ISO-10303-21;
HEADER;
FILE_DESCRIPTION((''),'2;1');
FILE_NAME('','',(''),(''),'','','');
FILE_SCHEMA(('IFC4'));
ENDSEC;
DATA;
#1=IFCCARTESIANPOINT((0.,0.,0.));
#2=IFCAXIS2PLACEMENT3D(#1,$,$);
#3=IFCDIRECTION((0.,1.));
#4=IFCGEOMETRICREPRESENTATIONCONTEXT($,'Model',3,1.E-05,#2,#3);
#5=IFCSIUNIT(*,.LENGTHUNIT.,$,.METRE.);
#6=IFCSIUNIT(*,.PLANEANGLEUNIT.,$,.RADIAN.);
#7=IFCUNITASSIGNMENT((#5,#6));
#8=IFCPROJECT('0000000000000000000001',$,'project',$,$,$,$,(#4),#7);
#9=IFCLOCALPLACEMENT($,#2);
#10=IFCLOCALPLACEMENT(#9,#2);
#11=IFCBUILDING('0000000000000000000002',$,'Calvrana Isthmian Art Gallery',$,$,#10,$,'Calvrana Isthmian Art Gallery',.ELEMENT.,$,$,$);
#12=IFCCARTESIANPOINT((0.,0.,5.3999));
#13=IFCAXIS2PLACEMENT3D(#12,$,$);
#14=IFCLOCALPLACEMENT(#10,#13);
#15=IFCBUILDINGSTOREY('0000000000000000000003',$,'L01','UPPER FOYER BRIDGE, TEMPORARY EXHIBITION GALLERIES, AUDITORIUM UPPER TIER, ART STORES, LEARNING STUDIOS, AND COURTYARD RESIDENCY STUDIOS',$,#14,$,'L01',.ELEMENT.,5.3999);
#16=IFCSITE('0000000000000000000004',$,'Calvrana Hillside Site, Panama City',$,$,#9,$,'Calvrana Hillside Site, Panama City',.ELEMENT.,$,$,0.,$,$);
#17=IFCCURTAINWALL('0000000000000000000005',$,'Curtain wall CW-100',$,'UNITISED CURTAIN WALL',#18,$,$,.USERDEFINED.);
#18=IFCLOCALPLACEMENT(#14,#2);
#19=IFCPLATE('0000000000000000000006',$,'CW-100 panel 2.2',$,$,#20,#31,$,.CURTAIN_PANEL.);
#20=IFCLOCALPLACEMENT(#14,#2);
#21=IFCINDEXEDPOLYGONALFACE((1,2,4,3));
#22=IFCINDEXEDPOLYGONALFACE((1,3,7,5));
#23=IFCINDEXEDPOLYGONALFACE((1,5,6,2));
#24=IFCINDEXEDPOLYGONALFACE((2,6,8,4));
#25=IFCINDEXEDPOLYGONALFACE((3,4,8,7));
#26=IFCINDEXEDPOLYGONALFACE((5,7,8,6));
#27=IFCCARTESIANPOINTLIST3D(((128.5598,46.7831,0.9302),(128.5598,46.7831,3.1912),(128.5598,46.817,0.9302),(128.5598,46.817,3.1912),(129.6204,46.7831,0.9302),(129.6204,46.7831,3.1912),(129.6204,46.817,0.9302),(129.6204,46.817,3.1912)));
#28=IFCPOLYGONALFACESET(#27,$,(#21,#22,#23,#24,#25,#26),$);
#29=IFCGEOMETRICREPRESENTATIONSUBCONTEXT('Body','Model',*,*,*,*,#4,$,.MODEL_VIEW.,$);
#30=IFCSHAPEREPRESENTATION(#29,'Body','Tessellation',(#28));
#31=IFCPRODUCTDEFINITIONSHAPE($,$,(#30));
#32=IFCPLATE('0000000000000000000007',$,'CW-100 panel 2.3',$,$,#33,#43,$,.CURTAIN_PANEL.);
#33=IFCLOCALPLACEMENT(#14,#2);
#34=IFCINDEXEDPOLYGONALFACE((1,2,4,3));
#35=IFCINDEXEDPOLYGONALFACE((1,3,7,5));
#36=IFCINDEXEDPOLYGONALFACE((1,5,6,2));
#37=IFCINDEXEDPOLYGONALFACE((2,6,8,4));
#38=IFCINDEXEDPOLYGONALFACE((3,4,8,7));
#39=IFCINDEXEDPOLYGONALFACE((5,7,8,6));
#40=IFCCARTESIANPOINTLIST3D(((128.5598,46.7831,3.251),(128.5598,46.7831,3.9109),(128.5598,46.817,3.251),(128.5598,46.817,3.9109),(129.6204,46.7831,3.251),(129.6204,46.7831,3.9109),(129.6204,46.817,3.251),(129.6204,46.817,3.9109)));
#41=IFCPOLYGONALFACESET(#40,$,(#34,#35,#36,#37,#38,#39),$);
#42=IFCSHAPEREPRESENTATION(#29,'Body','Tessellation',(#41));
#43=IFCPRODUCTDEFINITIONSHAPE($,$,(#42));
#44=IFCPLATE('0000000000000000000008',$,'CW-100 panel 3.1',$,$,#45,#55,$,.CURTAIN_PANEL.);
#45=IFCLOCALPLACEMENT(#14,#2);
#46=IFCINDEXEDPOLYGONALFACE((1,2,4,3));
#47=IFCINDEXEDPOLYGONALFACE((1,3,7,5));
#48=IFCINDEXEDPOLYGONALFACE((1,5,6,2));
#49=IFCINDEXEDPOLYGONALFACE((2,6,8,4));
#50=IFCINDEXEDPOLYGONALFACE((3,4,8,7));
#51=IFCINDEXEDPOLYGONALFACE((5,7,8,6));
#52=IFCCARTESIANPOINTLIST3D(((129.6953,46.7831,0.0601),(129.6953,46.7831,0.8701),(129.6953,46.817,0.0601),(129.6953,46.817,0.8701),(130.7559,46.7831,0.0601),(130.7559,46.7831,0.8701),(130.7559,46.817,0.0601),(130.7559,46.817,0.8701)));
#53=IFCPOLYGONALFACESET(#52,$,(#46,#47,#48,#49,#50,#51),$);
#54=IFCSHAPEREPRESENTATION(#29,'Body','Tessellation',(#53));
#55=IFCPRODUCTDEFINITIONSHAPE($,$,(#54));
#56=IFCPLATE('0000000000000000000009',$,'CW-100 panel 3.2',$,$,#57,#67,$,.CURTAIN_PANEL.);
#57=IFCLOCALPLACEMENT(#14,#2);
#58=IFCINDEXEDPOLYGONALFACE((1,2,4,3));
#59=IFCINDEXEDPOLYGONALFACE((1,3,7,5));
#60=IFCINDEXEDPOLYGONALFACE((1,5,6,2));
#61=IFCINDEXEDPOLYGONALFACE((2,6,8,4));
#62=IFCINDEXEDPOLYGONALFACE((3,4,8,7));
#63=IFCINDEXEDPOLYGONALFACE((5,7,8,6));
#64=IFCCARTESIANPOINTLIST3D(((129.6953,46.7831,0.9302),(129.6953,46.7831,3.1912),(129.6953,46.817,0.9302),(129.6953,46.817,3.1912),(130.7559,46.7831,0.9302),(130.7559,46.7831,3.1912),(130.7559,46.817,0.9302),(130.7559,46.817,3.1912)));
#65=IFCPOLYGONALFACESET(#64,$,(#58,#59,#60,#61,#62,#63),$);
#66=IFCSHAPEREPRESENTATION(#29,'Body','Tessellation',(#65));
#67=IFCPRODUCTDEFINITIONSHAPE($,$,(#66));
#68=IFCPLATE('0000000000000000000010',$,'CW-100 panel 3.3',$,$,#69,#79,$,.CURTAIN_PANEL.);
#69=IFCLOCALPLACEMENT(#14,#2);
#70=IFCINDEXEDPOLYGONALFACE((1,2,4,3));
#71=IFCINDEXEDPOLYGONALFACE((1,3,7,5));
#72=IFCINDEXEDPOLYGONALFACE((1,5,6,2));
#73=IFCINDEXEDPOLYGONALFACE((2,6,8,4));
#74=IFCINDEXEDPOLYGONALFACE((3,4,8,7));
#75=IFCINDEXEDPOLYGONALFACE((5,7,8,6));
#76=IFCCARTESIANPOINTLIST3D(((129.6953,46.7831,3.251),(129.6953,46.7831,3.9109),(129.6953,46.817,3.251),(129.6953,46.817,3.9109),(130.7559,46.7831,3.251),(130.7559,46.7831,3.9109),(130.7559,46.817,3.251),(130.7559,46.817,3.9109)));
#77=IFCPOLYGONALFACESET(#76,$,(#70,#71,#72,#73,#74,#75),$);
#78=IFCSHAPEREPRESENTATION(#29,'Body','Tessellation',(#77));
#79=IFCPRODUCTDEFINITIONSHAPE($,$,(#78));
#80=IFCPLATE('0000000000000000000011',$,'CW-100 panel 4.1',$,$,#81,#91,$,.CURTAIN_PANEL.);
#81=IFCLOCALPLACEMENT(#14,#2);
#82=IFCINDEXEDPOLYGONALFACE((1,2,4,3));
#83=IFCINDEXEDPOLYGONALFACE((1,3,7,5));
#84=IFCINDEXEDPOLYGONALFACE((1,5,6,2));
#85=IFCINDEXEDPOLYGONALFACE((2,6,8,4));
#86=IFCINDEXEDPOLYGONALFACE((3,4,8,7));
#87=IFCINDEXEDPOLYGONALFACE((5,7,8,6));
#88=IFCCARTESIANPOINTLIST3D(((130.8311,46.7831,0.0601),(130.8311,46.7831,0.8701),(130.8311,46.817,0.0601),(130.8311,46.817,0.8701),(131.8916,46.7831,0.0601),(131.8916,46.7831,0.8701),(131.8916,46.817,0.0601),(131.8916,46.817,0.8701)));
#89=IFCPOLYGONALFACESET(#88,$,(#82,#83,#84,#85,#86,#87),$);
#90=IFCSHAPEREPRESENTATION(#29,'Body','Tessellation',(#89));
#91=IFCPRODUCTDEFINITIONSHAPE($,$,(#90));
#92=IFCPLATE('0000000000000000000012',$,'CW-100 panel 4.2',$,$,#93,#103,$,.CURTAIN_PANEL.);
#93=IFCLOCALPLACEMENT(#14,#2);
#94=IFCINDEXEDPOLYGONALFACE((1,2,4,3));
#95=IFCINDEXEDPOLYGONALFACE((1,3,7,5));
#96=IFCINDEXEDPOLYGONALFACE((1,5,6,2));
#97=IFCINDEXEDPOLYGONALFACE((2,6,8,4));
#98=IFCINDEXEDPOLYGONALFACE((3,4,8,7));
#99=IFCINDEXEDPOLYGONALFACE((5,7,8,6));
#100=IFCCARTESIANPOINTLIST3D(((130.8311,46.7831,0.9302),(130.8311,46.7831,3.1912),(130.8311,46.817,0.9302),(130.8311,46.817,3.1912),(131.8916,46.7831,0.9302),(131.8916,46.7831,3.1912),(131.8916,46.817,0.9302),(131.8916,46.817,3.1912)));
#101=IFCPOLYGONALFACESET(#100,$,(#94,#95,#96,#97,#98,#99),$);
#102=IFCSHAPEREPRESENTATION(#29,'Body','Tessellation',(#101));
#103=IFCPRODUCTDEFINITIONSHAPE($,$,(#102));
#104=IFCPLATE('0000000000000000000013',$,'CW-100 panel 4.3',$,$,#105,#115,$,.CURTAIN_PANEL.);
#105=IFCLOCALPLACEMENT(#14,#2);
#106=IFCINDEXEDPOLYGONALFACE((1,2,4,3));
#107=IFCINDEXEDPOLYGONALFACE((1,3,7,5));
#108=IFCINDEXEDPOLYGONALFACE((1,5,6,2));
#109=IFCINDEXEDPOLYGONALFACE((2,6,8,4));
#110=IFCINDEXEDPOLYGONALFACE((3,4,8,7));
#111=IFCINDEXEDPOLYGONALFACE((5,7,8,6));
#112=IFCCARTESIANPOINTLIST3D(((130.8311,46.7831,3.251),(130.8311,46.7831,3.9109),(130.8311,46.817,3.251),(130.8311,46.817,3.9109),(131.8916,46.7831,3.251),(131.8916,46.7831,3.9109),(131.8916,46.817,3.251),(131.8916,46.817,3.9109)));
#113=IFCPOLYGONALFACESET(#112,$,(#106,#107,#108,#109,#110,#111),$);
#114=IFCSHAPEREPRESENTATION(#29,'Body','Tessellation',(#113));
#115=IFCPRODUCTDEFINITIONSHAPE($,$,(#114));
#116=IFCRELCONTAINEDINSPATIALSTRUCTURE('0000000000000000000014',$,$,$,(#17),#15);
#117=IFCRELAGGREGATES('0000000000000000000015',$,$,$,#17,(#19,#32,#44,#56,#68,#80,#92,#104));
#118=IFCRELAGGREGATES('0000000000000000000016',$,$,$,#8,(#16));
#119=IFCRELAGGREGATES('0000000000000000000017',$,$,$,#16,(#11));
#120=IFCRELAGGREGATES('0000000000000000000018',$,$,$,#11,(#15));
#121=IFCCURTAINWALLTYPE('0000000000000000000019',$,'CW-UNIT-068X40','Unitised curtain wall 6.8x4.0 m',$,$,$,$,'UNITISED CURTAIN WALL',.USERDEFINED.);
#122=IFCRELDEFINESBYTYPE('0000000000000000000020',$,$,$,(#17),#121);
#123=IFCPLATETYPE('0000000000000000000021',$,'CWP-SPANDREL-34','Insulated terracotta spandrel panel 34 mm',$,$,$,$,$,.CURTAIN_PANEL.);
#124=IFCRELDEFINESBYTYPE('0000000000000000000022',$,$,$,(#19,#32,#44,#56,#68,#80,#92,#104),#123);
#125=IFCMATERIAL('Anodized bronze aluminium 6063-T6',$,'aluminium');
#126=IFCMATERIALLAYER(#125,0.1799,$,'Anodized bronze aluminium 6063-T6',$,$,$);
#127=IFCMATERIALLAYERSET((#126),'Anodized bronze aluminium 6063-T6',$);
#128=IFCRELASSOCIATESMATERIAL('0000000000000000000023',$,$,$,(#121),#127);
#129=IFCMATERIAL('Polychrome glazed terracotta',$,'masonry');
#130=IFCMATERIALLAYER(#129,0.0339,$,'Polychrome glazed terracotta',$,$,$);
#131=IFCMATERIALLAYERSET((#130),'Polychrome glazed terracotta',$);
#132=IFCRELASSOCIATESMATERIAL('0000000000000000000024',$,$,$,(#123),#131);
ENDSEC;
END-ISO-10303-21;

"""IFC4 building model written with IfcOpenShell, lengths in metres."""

from ifc_helpers import new_model, si_unit, direction, frame, origin, origin_2d, place, context, subcontext, project, spatial, rectangle, extrude, material, layer, layer_set, type_object, element, aggregate, save


model = new_model("IFC4")

# Units and contexts
model_context = context("Model", 3, precision=1e-05, world=origin(), true_north=direction((0.0, 1.0)))
body_context = subcontext(model_context, "Body", "Model", "MODEL_VIEW")
ifc_project = project(units=[si_unit("LENGTHUNIT", "METRE"), si_unit("PLANEANGLEUNIT", "RADIAN")], contexts=[model_context])

# Site, building, storey
site_placement = place(None, origin())
site = spatial("IfcSite", under=ifc_project, at=site_placement, Name="Calvrana Hillside Site, Panama City", LongName="Calvrana Hillside Site, Panama City", CompositionType="ELEMENT", RefElevation=0.0)
building_placement = place(site_placement, origin())
building = spatial("IfcBuilding", under=site, at=building_placement, Name="Calvrana Isthmian Art Gallery", LongName="Calvrana Isthmian Art Gallery", CompositionType="ELEMENT")
storey_placement = place(building_placement, frame((0.0, 0.0, 5.3999)))
storey = spatial("IfcBuildingStorey", under=building, at=storey_placement, Name="L01", Description="UPPER FOYER BRIDGE, TEMPORARY EXHIBITION GALLERIES, AUDITORIUM UPPER TIER, ART STORES, LEARNING STUDIOS, AND COURTYARD RESIDENCY STUDIOS", LongName="L01", CompositionType="ELEMENT", Elevation=5.3999)

# Curtain wall, plates
ifc_material_1 = material(Name="Anodized bronze aluminium 6063-T6", Category="aluminium")
ifc_layer_1 = layer(ifc_material_1, 0.1799, Name="Anodized bronze aluminium 6063-T6")
ifc_layer_set_1 = layer_set([ifc_layer_1], Name="Anodized bronze aluminium 6063-T6")
curtain_wall_type = type_object("IfcCurtainWallType", Name="CW-UNIT-068X40", Description="Unitised curtain wall 6.8x4.0 m", ElementType="UNITISED CURTAIN WALL", PredefinedType="USERDEFINED", material=ifc_layer_set_1)
curtain_wall_placement = place(storey_placement, origin())
curtain_wall = element("IfcCurtainWall", 1, at=curtain_wall_placement, inside=storey, type_object=curtain_wall_type, Name="Curtain wall CW-100", ObjectType="UNITISED CURTAIN WALL", PredefinedType="USERDEFINED")
ifc_material_2 = material(Name="Polychrome glazed terracotta", Category="masonry")
ifc_layer_2 = layer(ifc_material_2, 0.0339, Name="Polychrome glazed terracotta")
ifc_layer_set_2 = layer_set([ifc_layer_2], Name="Polychrome glazed terracotta")
plate_type = type_object("IfcPlateType", Name="CWP-SPANDREL-34", Description="Insulated terracotta spandrel panel 34 mm", PredefinedType="CURTAIN_PANEL", material=ifc_layer_set_2)
plate_1_placement = place(storey_placement, frame((129.0901, 46.8, 0.9302), z_axis=(0.0, 0.0, 1.0), x_axis=(1.0, 0.0, 0.0)))
plate_1 = element("IfcPlate", 2, at=plate_1_placement, type_object=plate_type, Name="CW-100 panel 2.2", PredefinedType="CURTAIN_PANEL", context=body_context, shape_type="SweptSolid", body=[
    extrude(rectangle(XDim=1.0605, YDim=0.0339, at=origin_2d()), origin(), (0.0, 0.0, 1.0), 2.261),
])
plate_2_placement = place(storey_placement, frame((129.0901, 46.8, 3.251), z_axis=(0.0, 0.0, 1.0), x_axis=(1.0, 0.0, 0.0)))
plate_2 = element("IfcPlate", 3, at=plate_2_placement, type_object=plate_type, Name="CW-100 panel 2.3", PredefinedType="CURTAIN_PANEL", context=body_context, shape_type="SweptSolid", body=[
    extrude(rectangle(XDim=1.0605, YDim=0.0339, at=origin_2d()), origin(), (0.0, 0.0, 1.0), 0.6599),
])
plate_3_placement = place(storey_placement, frame((130.2256, 46.8, 0.0601), z_axis=(0.0, 0.0, 1.0), x_axis=(1.0, 0.0, 0.0)))
plate_3 = element("IfcPlate", 4, at=plate_3_placement, type_object=plate_type, Name="CW-100 panel 3.1", PredefinedType="CURTAIN_PANEL", context=body_context, shape_type="SweptSolid", body=[
    extrude(rectangle(XDim=1.0605, YDim=0.0339, at=origin_2d()), origin(), (0.0, 0.0, 1.0), 0.8101),
])
plate_4_placement = place(storey_placement, frame((130.2256, 46.8, 0.9302), z_axis=(0.0, 0.0, 1.0), x_axis=(1.0, 0.0, 0.0)))
plate_4 = element("IfcPlate", 5, at=plate_4_placement, type_object=plate_type, Name="CW-100 panel 3.2", PredefinedType="CURTAIN_PANEL", context=body_context, shape_type="SweptSolid", body=[
    extrude(rectangle(XDim=1.0605, YDim=0.0339, at=origin_2d()), origin(), (0.0, 0.0, 1.0), 2.261),
])
plate_5_placement = place(storey_placement, frame((130.2256, 46.8, 3.251), z_axis=(0.0, 0.0, 1.0), x_axis=(1.0, 0.0, 0.0)))
plate_5 = element("IfcPlate", 6, at=plate_5_placement, type_object=plate_type, Name="CW-100 panel 3.3", PredefinedType="CURTAIN_PANEL", context=body_context, shape_type="SweptSolid", body=[
    extrude(rectangle(XDim=1.0605, YDim=0.0339, at=origin_2d()), origin(), (0.0, 0.0, 1.0), 0.6599),
])
plate_6_placement = place(storey_placement, frame((131.3613, 46.8, 0.0601), z_axis=(0.0, 0.0, 1.0), x_axis=(1.0, 0.0, 0.0)))
plate_6 = element("IfcPlate", 7, at=plate_6_placement, type_object=plate_type, Name="CW-100 panel 4.1", PredefinedType="CURTAIN_PANEL", context=body_context, shape_type="SweptSolid", body=[
    extrude(rectangle(XDim=1.0605, YDim=0.0339, at=origin_2d()), origin(), (0.0, 0.0, 1.0), 0.8101),
])
plate_7_placement = place(storey_placement, frame((131.3613, 46.8, 0.9302), z_axis=(0.0, 0.0, 1.0), x_axis=(1.0, 0.0, 0.0)))
plate_7 = element("IfcPlate", 8, at=plate_7_placement, type_object=plate_type, Name="CW-100 panel 4.2", PredefinedType="CURTAIN_PANEL", context=body_context, shape_type="SweptSolid", body=[
    extrude(rectangle(XDim=1.0605, YDim=0.0339, at=origin_2d()), origin(), (0.0, 0.0, 1.0), 2.261),
])
plate_8_placement = place(storey_placement, frame((131.3613, 46.8, 3.251), z_axis=(0.0, 0.0, 1.0), x_axis=(1.0, 0.0, 0.0)))
plate_8 = element("IfcPlate", 9, at=plate_8_placement, type_object=plate_type, Name="CW-100 panel 4.3", PredefinedType="CURTAIN_PANEL", context=body_context, shape_type="SweptSolid", body=[
    extrude(rectangle(XDim=1.0605, YDim=0.0339, at=origin_2d()), origin(), (0.0, 0.0, 1.0), 0.6599),
])
aggregate(curtain_wall, [plate_1, plate_2, plate_3, plate_4, plate_5, plate_6, plate_7, plate_8])

save(model, "model.ifc")
